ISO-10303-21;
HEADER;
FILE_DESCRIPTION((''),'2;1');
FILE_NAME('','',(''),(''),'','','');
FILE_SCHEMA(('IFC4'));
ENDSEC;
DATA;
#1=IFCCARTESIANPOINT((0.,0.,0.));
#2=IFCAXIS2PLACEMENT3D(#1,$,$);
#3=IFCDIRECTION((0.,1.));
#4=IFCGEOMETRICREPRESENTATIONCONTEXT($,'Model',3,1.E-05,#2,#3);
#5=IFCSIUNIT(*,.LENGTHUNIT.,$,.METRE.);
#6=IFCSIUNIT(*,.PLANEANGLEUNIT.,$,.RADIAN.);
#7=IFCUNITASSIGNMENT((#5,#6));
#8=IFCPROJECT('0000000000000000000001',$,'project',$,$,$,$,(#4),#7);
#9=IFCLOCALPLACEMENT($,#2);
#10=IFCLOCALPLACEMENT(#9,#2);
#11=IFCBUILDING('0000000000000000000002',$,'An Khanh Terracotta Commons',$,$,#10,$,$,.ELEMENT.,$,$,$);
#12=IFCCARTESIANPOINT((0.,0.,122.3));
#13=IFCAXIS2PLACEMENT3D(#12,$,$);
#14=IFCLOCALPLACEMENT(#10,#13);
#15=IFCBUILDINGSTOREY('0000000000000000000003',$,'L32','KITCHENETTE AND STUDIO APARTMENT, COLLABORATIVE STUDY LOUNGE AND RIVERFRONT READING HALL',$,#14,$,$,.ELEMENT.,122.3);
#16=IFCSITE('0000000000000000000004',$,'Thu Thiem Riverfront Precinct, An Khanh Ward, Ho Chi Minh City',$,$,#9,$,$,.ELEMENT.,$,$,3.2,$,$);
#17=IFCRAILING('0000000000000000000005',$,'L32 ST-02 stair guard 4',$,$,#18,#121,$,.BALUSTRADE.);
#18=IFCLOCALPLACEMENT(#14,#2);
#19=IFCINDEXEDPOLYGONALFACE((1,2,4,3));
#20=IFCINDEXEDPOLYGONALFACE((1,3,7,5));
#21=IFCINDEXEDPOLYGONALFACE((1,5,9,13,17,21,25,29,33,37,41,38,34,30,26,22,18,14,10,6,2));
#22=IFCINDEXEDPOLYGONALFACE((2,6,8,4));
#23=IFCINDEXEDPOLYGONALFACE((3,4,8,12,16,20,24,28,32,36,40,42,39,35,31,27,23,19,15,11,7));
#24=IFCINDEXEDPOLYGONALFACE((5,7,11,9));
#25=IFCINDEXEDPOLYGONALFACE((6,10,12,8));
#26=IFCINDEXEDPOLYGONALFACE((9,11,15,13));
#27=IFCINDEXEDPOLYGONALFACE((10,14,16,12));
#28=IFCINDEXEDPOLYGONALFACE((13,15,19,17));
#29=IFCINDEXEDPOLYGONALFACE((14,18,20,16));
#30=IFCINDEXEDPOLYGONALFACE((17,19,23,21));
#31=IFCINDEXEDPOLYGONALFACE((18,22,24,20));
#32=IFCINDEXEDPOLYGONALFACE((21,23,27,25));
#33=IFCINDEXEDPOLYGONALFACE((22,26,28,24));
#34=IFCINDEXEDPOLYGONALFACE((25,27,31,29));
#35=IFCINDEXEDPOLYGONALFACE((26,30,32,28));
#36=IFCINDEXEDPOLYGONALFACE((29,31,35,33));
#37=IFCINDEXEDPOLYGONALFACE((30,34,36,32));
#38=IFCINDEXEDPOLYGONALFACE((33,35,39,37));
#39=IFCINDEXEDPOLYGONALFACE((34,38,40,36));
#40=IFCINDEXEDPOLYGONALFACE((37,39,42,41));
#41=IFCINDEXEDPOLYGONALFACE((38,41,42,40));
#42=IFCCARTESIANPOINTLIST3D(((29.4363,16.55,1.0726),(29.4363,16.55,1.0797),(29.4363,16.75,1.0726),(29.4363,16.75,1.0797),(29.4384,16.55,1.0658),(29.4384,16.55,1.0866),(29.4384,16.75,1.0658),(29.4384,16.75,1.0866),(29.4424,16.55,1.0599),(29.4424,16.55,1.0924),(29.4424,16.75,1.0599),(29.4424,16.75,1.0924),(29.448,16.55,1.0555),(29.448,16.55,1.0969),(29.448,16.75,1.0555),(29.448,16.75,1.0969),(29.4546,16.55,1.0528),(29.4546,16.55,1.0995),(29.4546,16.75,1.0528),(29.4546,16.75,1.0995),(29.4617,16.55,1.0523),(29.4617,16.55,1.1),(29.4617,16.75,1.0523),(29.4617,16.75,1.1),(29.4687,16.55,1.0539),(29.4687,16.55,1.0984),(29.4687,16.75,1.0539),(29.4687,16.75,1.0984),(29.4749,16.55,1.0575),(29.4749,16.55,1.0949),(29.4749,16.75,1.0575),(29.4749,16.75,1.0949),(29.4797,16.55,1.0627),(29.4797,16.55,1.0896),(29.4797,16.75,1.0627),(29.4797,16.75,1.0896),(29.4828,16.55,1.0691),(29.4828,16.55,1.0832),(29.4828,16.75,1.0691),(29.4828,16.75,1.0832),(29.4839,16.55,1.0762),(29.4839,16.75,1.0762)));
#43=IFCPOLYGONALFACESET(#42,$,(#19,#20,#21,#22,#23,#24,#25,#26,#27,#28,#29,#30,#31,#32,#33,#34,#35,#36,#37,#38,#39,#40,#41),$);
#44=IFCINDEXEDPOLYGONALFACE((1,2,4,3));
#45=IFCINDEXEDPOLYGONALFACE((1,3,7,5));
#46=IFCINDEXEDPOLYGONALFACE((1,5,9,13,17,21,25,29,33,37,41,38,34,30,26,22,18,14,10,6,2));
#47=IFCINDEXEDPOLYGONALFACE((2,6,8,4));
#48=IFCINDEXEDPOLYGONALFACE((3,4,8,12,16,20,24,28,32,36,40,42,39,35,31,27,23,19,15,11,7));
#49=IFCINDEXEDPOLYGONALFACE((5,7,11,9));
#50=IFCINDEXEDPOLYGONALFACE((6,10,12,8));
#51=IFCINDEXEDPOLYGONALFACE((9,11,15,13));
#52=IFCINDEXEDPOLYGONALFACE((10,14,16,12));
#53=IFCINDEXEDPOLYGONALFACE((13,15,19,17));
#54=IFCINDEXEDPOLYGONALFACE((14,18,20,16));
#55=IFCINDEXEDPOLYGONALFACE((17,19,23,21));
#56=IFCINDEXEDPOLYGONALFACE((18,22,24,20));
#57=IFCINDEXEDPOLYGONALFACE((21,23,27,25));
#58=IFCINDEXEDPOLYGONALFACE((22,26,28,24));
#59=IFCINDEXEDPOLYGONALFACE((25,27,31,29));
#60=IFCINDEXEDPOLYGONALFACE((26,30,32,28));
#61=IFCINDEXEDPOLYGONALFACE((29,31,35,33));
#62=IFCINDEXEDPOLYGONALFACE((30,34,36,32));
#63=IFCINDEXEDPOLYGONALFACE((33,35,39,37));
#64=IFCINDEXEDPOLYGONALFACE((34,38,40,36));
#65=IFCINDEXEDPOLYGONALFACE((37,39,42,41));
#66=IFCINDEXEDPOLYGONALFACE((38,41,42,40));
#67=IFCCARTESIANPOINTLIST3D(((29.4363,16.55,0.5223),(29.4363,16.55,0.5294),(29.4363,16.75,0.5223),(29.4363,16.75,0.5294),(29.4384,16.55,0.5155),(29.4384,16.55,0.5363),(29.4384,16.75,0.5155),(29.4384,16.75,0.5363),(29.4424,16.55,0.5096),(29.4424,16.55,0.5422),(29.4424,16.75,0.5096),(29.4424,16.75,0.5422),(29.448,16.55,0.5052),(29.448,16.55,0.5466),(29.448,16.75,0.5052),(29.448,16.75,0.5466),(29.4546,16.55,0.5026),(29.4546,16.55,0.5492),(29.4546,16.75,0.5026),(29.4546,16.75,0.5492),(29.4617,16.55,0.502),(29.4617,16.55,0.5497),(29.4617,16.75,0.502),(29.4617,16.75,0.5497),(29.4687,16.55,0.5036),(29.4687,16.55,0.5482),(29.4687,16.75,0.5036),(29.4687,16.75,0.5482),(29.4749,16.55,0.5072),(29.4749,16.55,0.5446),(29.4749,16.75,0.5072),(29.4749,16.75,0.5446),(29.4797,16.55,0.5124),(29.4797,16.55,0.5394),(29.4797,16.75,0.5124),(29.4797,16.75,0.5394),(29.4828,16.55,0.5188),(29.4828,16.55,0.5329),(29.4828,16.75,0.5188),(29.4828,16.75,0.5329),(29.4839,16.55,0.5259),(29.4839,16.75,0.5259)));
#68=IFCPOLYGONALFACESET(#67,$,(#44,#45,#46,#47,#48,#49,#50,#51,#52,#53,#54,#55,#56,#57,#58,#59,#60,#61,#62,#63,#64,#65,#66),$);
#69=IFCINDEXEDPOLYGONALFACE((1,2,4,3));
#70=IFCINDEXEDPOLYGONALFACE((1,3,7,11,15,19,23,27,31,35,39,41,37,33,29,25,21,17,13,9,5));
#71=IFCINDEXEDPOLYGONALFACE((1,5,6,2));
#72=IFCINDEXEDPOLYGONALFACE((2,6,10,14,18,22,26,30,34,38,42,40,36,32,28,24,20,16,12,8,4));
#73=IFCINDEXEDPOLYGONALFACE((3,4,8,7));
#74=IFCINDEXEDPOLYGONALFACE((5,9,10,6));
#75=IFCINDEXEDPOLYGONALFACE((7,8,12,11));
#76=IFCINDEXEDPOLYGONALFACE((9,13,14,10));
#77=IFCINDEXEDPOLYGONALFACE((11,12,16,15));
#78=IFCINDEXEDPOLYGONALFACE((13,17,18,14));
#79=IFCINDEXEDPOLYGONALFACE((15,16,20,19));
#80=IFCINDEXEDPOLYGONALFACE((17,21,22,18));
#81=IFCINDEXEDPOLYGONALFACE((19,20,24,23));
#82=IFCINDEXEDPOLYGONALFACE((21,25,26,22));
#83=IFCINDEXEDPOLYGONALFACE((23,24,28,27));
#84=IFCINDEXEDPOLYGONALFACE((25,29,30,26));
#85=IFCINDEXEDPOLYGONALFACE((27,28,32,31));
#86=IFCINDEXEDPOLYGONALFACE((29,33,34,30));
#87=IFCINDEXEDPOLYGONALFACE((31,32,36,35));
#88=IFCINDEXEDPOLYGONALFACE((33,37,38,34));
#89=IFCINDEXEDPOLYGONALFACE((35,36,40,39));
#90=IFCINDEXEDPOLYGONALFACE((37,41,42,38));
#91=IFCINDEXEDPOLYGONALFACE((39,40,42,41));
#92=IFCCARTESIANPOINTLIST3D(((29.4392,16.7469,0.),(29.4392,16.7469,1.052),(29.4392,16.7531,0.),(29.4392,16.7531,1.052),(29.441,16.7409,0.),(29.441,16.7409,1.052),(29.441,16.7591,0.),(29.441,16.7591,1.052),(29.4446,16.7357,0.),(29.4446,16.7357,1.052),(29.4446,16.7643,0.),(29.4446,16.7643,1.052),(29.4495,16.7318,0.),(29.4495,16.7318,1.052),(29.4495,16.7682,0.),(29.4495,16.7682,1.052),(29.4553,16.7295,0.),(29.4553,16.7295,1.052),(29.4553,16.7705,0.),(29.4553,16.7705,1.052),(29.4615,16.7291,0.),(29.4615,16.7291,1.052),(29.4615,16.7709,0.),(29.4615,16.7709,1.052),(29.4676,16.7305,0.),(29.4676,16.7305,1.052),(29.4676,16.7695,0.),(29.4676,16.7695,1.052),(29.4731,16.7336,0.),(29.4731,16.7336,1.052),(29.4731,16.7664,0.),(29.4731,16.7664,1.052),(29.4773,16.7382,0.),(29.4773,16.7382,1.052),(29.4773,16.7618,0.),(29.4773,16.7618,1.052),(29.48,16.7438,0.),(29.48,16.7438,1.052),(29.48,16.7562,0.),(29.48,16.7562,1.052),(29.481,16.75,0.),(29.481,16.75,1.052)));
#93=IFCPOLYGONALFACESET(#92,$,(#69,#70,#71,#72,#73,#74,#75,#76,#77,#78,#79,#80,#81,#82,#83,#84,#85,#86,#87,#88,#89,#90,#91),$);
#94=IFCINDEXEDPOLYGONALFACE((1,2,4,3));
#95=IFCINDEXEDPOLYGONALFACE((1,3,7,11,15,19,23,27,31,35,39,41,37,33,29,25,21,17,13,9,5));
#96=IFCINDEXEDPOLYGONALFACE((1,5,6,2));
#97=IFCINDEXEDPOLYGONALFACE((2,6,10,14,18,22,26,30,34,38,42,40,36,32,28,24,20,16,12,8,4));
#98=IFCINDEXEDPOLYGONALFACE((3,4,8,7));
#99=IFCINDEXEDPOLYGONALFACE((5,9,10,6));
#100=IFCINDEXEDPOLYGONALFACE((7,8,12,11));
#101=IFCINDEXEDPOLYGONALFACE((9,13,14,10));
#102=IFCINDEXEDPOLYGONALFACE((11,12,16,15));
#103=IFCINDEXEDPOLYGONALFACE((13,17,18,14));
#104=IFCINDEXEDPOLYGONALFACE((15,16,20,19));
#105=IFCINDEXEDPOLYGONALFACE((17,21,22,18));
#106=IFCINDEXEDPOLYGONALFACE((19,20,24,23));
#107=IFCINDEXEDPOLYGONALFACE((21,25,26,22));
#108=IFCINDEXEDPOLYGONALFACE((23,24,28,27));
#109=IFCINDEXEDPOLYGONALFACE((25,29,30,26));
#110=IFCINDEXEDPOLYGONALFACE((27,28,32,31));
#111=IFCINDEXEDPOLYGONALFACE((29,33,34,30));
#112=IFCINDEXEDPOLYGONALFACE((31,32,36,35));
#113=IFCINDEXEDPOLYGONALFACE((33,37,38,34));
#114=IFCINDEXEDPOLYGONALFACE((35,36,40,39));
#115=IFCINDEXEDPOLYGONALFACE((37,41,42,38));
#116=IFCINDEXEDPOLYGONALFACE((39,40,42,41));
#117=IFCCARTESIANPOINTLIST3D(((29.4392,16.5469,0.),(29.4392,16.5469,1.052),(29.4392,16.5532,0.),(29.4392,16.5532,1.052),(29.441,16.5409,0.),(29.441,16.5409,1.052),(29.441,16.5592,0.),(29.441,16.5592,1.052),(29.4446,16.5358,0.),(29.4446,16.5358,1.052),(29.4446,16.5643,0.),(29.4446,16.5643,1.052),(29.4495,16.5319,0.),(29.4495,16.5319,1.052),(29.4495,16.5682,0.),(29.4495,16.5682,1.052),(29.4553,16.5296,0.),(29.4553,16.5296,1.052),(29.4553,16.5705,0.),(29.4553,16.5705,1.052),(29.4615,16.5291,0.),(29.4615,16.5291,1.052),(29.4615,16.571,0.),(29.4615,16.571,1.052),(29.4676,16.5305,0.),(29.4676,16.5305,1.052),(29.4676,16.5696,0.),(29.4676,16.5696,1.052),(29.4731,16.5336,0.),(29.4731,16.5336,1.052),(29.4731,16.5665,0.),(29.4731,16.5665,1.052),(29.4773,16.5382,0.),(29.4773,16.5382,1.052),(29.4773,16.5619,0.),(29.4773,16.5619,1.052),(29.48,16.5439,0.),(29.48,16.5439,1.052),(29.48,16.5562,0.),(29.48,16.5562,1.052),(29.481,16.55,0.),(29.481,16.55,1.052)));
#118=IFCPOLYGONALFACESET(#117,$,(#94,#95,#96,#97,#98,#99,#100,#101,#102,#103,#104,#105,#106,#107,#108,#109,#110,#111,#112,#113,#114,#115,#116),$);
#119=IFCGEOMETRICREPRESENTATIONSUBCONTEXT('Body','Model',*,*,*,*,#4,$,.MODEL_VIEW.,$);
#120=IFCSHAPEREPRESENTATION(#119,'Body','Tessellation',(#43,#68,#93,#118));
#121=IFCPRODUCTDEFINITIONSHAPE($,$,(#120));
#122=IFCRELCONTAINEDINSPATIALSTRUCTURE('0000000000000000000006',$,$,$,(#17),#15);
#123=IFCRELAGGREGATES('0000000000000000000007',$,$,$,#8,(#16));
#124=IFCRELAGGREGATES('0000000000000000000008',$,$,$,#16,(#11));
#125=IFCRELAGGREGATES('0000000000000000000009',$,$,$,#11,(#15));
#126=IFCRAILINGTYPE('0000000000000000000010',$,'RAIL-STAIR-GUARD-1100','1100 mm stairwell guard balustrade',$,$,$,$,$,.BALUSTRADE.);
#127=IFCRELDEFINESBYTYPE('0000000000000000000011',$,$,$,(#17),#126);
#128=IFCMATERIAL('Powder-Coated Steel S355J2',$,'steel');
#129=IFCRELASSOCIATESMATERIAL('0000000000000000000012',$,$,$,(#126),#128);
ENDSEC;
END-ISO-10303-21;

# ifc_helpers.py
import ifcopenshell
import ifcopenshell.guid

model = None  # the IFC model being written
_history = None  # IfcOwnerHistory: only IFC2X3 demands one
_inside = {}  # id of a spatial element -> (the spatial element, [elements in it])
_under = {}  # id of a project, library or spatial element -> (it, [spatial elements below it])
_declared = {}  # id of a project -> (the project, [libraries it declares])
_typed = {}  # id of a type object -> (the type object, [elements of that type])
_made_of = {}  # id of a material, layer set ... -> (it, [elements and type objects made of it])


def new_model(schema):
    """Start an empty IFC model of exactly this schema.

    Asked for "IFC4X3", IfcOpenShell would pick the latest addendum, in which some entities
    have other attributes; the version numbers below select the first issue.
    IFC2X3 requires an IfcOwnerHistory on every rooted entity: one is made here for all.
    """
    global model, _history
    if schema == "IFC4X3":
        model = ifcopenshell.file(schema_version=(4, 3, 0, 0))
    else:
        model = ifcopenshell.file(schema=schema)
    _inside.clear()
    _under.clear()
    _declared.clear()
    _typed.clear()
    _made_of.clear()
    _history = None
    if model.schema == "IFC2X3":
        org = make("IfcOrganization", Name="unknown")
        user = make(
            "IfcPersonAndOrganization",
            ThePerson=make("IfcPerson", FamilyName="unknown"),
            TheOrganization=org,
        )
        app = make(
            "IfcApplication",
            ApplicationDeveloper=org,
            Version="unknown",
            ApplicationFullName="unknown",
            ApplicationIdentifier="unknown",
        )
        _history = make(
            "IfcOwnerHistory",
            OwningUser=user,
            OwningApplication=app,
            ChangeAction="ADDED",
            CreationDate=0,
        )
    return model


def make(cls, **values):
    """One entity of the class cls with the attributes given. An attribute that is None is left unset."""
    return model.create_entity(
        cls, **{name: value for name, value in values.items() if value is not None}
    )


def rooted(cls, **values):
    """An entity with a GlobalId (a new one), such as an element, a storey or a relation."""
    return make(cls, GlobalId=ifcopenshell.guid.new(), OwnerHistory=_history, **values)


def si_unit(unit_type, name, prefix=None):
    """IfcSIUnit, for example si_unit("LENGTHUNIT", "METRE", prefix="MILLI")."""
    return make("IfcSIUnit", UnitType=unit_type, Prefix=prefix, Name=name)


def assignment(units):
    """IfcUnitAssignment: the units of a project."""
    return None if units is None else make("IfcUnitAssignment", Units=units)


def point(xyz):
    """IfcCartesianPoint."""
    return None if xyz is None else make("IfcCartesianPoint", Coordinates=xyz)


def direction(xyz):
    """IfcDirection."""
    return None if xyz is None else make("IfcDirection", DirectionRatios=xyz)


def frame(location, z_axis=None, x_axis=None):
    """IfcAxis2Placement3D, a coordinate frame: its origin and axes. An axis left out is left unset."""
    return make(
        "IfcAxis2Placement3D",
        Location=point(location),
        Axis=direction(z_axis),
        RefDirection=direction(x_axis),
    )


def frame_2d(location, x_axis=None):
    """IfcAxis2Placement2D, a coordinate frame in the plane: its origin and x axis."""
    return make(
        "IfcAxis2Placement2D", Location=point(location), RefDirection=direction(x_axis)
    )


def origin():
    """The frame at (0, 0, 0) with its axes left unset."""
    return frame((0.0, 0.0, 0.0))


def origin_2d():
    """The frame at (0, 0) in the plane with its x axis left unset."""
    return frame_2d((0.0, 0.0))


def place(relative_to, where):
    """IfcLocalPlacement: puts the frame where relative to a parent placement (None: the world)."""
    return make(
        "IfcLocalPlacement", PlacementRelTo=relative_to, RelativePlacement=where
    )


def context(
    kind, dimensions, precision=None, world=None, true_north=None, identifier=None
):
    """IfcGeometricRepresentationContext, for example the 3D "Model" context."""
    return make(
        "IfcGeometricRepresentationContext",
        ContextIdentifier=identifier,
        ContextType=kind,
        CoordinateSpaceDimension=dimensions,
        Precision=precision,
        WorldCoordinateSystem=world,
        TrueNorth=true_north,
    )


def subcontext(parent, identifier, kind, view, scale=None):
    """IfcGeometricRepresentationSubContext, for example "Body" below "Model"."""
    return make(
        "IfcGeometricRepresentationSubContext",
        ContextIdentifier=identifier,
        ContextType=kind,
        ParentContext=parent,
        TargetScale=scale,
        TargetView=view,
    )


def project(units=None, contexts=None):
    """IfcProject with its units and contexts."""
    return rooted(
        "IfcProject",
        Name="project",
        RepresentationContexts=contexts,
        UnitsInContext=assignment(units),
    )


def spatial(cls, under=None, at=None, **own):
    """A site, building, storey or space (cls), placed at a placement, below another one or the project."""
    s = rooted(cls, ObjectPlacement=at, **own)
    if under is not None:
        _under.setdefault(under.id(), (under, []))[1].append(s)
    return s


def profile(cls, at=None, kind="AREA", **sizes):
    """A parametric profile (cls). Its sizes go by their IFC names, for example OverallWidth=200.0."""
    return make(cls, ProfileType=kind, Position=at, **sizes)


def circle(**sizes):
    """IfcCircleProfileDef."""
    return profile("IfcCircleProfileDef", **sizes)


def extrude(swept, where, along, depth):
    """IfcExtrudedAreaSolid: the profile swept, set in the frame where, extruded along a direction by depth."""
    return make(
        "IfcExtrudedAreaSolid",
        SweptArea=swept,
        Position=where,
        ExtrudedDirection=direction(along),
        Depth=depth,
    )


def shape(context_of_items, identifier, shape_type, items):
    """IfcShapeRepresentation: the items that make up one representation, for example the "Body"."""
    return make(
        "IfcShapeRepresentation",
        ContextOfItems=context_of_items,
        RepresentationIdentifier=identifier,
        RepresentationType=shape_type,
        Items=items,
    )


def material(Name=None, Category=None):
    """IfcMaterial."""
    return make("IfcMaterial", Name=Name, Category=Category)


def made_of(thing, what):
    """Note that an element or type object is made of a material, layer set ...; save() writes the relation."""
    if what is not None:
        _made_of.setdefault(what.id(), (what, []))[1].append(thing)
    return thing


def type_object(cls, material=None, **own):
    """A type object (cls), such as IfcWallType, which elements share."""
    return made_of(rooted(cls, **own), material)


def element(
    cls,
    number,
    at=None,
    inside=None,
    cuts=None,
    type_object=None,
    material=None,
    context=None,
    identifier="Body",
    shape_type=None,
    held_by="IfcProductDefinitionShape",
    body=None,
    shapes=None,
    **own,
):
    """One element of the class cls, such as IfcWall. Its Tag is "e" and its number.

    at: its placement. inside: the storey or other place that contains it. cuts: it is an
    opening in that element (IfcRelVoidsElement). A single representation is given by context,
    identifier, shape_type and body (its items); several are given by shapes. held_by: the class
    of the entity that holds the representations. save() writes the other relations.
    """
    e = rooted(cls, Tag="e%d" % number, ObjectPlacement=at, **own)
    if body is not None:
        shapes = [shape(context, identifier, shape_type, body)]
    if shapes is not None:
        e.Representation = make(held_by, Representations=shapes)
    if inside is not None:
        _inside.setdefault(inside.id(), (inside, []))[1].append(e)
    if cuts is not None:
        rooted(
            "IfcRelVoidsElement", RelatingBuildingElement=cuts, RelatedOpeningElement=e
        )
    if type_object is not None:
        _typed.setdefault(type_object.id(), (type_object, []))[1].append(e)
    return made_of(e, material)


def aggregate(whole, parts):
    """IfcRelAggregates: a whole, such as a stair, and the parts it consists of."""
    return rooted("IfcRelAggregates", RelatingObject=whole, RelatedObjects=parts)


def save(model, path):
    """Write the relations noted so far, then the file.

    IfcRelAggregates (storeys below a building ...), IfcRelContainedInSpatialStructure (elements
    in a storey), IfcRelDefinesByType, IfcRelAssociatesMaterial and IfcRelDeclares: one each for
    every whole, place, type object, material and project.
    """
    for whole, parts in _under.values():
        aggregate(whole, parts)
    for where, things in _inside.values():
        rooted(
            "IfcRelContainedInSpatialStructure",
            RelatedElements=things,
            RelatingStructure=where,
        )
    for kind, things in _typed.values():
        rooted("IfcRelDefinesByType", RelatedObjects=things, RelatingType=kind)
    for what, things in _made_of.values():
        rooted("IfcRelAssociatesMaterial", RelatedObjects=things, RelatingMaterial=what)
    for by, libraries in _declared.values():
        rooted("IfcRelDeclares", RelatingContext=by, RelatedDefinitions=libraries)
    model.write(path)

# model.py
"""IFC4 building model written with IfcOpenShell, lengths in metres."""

from ifc_helpers import new_model, si_unit, direction, frame, origin, origin_2d, place, context, subcontext, project, spatial, circle, extrude, material, type_object, element, save


model = new_model("IFC4")

# Units and contexts
model_context = context("Model", 3, precision=1e-05, world=origin(), true_north=direction((0.0, 1.0)))
body_context = subcontext(model_context, "Body", "Model", "MODEL_VIEW")
ifc_project = project(units=[si_unit("LENGTHUNIT", "METRE"), si_unit("PLANEANGLEUNIT", "RADIAN")], contexts=[model_context])

# Site, building, storey
site_placement = place(None, origin())
site = spatial("IfcSite", under=ifc_project, at=site_placement, Name="Thu Thiem Riverfront Precinct, An Khanh Ward, Ho Chi Minh City", CompositionType="ELEMENT", RefElevation=3.2)
building_placement = place(site_placement, origin())
building = spatial("IfcBuilding", under=site, at=building_placement, Name="An Khanh Terracotta Commons", CompositionType="ELEMENT")
storey_placement = place(building_placement, frame((0.0, 0.0, 122.3)))
storey = spatial("IfcBuildingStorey", under=building, at=storey_placement, Name="L32", Description="KITCHENETTE AND STUDIO APARTMENT, COLLABORATIVE STUDY LOUNGE AND RIVERFRONT READING HALL", CompositionType="ELEMENT", Elevation=122.3)

# Railing
ifc_material_1 = material(Name="Powder-Coated Steel S355J2", Category="steel")
railing_type_1 = type_object("IfcRailingType", Name="RAIL-STAIR-GUARD-1100", Description="1100 mm stairwell guard balustrade", PredefinedType="BALUSTRADE", material=ifc_material_1)
railing_1_placement = place(storey_placement, frame((29.46, 16.75, 0.0)))
element("IfcRailing", 1, at=railing_1_placement, inside=storey, type_object=railing_type_1, Name="L32 ST-02 stair guard 4", PredefinedType="BALUSTRADE", context=body_context, shape_type="SweptSolid", body=[
    extrude(circle(Radius=0.0239, at=origin_2d()), frame((0.0, 0.0, 1.0762), z_axis=(0.0, -1.0, 0.0), x_axis=(1.0, 0.0, 0.0)), (0.0, 0.0, 1.0), 0.2),
    extrude(circle(Radius=0.0239, at=origin_2d()), frame((0.0, 0.0, 0.5259), z_axis=(0.0, -1.0, 0.0), x_axis=(1.0, 0.0, 0.0)), (0.0, 0.0, 1.0), 0.2),
    extrude(circle(Radius=0.021, at=origin_2d()), origin(), (0.0, 0.0, 1.0), 1.052),
    extrude(circle(Radius=0.021, at=origin_2d()), frame((0.0, -0.2, 0.0)), (0.0, 0.0, 1.0), 1.052),
])

save(model, "model.ifc")
